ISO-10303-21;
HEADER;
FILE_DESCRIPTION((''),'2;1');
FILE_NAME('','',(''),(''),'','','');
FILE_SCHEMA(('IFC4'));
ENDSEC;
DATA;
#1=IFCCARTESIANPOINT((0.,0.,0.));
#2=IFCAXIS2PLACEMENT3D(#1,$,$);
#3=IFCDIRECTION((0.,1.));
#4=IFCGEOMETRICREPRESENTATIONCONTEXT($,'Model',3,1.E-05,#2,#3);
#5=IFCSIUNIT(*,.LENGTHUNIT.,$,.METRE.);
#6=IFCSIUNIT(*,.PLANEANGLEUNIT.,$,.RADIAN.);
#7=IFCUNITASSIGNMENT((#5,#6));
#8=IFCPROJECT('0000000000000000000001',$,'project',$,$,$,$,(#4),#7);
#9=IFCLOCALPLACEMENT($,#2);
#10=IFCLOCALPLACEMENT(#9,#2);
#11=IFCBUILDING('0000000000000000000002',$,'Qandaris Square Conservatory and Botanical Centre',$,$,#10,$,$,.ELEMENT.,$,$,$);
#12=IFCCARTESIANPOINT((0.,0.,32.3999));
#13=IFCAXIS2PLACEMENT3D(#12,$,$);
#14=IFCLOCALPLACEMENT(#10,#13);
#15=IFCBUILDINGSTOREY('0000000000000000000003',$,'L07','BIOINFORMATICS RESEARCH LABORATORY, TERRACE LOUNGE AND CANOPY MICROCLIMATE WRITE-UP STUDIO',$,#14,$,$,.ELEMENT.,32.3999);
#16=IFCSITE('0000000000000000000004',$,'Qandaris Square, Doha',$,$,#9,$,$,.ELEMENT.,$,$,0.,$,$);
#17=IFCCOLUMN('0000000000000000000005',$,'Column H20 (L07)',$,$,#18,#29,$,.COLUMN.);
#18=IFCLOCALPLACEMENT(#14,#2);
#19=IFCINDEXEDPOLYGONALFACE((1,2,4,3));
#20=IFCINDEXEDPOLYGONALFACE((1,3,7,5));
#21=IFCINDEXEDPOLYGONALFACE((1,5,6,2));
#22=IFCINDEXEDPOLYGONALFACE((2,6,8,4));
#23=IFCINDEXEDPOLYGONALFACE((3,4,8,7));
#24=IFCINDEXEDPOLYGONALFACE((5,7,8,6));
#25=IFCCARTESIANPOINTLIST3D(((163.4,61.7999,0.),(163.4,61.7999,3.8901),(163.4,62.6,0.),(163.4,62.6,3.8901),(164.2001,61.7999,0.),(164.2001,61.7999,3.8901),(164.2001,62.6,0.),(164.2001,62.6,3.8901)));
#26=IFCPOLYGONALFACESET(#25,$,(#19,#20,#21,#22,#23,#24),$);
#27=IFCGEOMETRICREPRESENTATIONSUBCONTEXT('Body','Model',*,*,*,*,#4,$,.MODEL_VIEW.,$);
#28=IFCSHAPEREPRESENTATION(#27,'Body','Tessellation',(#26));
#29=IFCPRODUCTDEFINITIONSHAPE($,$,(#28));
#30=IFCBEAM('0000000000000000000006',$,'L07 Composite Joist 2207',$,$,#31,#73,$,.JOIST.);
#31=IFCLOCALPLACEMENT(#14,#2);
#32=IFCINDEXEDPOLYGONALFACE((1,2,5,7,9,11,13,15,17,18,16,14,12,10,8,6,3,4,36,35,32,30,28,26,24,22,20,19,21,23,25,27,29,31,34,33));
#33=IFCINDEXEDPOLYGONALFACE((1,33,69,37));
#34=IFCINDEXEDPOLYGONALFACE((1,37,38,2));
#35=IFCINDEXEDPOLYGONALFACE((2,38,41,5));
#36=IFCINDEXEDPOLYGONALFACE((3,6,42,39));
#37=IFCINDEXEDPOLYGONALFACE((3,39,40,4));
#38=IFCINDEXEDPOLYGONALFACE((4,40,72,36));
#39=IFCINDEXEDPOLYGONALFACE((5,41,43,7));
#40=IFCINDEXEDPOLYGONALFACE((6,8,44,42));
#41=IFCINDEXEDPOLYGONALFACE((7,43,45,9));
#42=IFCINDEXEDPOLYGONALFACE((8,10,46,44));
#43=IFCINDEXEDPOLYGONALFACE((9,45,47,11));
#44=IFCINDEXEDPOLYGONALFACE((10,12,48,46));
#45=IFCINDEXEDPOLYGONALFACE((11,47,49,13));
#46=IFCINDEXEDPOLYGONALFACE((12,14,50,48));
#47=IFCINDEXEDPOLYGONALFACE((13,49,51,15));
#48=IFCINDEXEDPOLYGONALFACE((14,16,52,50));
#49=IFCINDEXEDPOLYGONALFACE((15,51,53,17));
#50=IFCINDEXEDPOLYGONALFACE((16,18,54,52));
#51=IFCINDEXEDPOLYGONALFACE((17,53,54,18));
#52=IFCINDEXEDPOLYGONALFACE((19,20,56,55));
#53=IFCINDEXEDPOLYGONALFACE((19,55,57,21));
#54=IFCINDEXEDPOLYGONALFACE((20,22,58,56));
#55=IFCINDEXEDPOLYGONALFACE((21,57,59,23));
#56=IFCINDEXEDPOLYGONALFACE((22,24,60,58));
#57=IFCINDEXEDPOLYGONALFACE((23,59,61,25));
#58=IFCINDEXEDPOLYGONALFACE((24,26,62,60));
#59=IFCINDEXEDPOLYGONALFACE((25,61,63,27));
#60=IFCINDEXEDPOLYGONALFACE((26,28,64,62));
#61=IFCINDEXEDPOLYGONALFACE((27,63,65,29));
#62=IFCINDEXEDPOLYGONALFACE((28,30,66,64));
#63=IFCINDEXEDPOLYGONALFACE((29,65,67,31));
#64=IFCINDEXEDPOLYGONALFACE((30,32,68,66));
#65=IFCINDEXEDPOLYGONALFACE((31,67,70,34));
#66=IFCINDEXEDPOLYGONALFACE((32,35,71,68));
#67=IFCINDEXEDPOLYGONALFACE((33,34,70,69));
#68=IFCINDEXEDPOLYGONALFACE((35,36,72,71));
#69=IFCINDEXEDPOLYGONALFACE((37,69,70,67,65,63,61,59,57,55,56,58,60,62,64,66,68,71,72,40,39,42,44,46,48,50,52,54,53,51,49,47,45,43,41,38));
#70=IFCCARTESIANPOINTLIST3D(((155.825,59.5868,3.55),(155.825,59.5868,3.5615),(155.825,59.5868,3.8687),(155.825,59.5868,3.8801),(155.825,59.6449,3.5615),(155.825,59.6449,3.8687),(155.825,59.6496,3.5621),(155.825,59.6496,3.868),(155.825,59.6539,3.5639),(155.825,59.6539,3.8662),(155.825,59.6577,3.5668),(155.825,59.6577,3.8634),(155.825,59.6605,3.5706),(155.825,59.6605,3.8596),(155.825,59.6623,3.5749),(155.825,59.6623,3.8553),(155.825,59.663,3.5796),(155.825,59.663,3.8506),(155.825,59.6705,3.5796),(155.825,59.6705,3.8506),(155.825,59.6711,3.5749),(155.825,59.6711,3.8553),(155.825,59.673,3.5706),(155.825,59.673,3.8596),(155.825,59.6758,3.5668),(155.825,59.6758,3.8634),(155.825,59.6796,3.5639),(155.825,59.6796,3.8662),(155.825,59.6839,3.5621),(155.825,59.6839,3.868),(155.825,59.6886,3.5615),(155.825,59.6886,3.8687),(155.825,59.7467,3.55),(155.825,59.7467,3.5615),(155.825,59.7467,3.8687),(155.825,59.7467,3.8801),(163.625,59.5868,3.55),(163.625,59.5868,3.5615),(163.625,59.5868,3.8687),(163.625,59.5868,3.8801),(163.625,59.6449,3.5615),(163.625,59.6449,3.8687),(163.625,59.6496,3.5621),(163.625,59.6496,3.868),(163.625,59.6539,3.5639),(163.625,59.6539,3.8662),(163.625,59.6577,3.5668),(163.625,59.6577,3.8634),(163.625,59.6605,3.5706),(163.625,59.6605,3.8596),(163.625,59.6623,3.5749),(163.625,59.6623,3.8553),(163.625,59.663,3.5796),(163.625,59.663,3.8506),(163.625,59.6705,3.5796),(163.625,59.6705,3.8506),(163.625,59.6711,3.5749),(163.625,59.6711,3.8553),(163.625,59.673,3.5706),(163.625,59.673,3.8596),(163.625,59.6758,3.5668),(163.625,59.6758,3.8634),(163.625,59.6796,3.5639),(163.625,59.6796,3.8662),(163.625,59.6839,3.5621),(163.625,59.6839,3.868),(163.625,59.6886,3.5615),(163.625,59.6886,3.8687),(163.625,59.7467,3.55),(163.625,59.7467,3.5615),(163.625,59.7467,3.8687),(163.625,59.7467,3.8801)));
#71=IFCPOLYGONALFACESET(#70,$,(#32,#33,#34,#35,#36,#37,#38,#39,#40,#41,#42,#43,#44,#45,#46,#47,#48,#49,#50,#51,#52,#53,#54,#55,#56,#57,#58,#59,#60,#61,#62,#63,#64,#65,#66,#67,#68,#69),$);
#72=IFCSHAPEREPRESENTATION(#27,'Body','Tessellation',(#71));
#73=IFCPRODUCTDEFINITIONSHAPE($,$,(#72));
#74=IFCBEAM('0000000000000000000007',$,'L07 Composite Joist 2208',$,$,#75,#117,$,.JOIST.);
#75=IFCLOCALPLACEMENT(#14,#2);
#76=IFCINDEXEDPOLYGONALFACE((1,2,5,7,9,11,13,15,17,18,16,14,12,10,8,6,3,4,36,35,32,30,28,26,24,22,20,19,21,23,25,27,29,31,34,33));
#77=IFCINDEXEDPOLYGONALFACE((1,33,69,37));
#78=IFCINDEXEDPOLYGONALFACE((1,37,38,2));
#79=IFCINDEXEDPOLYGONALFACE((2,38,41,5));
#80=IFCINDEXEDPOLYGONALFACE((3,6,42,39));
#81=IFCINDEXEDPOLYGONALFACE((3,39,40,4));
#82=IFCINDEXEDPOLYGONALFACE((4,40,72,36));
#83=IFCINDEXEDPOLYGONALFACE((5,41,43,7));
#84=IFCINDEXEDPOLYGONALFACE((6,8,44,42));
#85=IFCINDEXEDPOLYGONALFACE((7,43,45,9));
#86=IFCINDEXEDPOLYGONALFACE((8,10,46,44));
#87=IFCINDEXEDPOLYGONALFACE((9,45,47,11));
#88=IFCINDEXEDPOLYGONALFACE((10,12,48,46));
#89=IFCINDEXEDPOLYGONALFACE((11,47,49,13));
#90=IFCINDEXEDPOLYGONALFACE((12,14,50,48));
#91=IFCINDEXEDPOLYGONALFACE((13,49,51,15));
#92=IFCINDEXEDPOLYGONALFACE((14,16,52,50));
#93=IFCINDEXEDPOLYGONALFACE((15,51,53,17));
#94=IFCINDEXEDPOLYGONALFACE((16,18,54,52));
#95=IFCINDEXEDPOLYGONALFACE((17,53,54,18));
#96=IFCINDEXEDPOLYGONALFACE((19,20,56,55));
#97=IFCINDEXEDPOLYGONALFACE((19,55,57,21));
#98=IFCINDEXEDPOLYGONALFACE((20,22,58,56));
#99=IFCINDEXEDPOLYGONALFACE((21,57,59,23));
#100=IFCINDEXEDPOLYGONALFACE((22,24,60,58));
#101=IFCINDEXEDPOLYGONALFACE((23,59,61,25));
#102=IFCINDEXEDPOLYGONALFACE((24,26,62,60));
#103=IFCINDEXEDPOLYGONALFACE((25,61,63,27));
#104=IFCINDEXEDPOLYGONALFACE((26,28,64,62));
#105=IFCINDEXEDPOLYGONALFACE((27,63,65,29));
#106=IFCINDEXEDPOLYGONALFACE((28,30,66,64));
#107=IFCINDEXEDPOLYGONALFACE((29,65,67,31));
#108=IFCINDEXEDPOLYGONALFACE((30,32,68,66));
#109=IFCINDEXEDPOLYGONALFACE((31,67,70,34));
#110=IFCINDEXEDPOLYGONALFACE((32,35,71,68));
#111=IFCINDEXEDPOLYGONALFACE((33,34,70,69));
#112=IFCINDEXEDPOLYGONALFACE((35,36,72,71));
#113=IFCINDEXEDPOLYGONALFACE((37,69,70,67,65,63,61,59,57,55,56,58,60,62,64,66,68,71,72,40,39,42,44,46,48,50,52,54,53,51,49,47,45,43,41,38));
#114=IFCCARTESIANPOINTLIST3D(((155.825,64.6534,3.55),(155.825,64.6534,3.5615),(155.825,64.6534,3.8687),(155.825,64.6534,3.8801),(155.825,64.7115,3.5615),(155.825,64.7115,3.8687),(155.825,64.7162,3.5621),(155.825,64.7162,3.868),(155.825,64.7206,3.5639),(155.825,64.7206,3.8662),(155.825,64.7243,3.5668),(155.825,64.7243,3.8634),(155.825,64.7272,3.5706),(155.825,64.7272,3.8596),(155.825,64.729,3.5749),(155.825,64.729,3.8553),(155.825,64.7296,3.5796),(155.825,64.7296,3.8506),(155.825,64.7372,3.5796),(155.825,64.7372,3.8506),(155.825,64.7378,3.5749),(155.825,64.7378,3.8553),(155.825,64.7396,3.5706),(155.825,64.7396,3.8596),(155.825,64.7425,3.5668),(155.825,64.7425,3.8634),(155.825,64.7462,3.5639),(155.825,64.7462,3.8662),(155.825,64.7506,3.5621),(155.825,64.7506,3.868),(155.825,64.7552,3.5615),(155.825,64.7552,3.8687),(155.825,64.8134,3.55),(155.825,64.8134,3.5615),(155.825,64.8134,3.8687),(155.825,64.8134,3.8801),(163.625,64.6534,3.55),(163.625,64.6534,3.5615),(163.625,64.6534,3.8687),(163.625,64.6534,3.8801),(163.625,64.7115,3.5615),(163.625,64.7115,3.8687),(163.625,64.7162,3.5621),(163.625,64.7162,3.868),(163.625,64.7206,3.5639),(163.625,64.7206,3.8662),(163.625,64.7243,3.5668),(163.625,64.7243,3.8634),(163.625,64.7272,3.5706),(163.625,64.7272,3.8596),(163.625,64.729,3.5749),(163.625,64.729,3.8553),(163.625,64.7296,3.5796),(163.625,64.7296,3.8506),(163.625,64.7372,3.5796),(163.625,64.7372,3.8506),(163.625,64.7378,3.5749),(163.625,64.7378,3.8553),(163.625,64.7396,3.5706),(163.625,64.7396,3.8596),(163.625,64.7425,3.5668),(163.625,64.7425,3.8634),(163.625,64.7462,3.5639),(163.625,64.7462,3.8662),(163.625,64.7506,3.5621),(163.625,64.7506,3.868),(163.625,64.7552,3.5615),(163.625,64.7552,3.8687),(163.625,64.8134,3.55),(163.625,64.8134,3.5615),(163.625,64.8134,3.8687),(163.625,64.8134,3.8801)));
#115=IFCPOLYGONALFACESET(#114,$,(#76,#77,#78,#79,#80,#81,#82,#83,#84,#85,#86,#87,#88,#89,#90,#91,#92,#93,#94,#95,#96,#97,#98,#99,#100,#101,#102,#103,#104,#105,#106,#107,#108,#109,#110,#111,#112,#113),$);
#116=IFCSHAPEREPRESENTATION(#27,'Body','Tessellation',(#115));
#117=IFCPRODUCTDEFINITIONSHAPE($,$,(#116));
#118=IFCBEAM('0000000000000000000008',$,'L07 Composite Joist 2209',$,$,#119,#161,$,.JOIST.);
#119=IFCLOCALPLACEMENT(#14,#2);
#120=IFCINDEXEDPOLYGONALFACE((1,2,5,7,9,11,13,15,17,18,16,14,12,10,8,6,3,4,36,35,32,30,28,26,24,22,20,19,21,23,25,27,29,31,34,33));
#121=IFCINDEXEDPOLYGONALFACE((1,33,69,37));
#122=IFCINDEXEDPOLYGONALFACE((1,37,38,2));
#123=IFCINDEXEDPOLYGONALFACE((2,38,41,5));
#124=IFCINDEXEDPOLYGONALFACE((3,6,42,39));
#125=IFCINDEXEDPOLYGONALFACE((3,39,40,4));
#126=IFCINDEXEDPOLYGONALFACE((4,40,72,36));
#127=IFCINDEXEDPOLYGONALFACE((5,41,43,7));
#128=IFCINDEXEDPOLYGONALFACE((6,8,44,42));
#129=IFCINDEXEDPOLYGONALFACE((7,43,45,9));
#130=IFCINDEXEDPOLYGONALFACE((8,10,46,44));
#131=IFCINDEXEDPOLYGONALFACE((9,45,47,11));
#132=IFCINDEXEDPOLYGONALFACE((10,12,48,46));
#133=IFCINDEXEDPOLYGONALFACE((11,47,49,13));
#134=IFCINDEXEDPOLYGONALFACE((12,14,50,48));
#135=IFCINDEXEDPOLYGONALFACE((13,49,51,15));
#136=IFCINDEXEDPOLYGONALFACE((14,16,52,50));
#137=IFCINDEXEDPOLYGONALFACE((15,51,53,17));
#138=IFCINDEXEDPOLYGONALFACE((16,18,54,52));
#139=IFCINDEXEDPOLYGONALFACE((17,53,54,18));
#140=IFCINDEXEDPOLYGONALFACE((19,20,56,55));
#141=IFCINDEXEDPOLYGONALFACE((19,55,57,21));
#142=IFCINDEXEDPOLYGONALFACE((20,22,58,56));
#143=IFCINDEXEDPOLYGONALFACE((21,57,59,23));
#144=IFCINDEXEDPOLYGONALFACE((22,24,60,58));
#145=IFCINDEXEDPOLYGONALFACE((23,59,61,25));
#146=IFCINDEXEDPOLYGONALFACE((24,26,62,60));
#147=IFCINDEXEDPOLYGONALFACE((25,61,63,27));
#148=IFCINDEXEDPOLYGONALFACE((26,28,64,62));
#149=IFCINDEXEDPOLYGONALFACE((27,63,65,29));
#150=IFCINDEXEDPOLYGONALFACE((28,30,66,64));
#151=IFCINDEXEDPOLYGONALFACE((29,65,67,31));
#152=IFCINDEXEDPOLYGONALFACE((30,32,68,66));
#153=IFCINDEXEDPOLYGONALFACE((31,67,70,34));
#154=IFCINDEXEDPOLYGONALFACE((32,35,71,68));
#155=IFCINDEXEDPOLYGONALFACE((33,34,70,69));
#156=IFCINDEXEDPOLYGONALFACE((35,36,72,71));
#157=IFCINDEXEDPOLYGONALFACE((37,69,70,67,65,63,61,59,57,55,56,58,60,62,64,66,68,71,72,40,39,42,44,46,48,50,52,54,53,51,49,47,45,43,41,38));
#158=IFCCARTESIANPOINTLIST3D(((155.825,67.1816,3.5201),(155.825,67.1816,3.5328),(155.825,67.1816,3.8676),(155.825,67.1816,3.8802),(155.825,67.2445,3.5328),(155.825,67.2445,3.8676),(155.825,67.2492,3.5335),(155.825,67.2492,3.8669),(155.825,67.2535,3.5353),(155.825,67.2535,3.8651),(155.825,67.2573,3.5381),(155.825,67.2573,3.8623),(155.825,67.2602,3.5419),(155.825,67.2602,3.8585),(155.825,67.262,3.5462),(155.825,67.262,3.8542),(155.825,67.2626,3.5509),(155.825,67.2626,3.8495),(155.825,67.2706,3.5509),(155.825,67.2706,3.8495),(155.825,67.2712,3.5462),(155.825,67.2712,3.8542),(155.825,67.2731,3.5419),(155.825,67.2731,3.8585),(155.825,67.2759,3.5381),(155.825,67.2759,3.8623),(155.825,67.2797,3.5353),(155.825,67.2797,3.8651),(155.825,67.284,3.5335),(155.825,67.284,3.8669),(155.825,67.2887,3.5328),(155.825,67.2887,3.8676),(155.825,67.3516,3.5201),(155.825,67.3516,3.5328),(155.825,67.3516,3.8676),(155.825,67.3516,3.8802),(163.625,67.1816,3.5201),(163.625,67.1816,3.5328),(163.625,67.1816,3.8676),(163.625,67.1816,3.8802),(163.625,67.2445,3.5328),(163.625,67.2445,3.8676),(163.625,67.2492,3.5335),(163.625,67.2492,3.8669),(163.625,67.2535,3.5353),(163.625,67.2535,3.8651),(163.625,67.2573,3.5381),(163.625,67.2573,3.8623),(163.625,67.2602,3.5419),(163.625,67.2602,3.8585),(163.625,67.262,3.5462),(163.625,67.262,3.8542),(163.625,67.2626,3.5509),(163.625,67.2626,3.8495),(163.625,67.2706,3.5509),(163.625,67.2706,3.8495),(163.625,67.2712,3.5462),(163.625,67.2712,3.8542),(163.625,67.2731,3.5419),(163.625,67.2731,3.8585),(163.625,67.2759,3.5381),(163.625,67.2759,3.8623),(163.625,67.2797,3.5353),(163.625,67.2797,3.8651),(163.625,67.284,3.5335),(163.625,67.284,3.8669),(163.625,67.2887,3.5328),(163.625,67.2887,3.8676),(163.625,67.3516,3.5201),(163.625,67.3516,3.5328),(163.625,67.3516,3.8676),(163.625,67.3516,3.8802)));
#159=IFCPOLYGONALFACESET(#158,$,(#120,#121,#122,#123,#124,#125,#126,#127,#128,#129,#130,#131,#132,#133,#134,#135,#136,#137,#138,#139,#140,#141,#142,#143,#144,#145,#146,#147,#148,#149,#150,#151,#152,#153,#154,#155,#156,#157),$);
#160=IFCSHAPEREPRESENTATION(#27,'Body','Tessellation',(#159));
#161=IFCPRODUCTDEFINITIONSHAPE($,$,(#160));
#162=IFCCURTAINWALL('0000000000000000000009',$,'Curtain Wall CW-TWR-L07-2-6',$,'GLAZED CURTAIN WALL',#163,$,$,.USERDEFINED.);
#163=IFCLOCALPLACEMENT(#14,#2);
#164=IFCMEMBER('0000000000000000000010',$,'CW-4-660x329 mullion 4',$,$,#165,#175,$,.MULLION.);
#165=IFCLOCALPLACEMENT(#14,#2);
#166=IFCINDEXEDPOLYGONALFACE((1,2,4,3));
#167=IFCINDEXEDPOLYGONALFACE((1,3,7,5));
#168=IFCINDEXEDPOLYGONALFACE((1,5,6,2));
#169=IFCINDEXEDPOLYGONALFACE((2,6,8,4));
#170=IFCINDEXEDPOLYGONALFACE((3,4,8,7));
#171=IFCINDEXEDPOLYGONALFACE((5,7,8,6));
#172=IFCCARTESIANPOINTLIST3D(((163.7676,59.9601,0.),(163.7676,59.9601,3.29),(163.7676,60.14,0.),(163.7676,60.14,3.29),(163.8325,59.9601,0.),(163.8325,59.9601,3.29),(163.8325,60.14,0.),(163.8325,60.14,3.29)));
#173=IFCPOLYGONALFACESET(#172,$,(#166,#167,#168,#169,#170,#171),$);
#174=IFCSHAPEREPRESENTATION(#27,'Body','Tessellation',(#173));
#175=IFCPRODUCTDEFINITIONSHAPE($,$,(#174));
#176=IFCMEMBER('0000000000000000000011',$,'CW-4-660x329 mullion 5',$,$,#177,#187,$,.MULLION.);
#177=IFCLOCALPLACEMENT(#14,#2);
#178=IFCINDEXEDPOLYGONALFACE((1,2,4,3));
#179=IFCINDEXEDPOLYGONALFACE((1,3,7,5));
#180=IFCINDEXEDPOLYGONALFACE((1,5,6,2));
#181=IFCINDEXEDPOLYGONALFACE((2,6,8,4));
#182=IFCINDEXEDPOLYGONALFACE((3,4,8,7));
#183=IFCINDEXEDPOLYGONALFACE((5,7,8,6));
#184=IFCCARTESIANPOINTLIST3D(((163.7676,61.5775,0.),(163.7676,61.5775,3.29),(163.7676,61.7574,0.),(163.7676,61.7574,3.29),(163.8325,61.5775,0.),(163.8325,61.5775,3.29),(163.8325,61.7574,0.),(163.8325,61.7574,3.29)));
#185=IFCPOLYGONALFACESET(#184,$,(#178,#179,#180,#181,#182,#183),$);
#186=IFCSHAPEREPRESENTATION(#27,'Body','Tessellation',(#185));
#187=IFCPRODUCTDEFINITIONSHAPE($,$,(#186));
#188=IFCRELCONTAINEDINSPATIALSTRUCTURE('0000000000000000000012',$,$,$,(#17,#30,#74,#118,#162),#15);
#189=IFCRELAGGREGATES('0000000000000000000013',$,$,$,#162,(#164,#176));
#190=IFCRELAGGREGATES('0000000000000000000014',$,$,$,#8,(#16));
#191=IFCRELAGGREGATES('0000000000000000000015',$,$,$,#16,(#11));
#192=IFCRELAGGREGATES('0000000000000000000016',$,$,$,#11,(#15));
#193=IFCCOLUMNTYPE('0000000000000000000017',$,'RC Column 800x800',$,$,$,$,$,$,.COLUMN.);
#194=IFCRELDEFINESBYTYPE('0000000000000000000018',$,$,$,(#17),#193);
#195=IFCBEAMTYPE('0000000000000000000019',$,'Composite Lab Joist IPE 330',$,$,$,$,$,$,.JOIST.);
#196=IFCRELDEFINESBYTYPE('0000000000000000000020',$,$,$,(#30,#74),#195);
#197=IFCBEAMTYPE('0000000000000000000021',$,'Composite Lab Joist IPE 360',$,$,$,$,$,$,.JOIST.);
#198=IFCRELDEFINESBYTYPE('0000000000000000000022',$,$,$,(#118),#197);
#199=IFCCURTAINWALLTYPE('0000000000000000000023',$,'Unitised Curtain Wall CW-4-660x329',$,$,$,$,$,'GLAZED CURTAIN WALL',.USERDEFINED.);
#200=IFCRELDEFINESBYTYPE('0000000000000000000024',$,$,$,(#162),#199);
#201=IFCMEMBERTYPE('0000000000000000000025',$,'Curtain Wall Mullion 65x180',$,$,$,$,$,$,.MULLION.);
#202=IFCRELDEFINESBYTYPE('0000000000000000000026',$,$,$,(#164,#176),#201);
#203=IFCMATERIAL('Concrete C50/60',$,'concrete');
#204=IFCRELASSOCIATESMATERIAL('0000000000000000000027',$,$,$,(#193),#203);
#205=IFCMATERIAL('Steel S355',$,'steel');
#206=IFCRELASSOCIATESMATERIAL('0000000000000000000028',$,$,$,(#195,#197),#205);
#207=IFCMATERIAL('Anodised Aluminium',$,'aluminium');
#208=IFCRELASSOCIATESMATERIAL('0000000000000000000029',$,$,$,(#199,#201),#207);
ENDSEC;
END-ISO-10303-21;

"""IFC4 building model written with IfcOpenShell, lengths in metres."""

from ifc_helpers import new_model, si_unit, direction, frame, origin, origin_2d, place, context, subcontext, project, spatial, rectangle, i_section, extrude, material, material_profile, profile_set, type_object, element, aggregate, save


model = new_model("IFC4")

# Units and contexts
model_context = context("Model", 3, precision=1e-05, world=origin(), true_north=direction((0.0, 1.0)))
body_context = subcontext(model_context, "Body", "Model", "MODEL_VIEW")
ifc_project = project(units=[si_unit("LENGTHUNIT", "METRE"), si_unit("PLANEANGLEUNIT", "RADIAN")], contexts=[model_context])

# Site, building, storey
site_placement = place(None, origin())
site = spatial("IfcSite", under=ifc_project, at=site_placement, Name="Qandaris Square, Doha", CompositionType="ELEMENT", RefElevation=0.0)
building_placement = place(site_placement, origin())
building = spatial("IfcBuilding", under=site, at=building_placement, Name="Qandaris Square Conservatory and Botanical Centre", CompositionType="ELEMENT")
storey_placement = place(building_placement, frame((0.0, 0.0, 32.3999)))
storey = spatial("IfcBuildingStorey", under=building, at=storey_placement, Name="L07", Description="BIOINFORMATICS RESEARCH LABORATORY, TERRACE LOUNGE AND CANOPY MICROCLIMATE WRITE-UP STUDIO", CompositionType="ELEMENT", Elevation=32.3999)

# Column
ifc_material_1 = material(Name="Concrete C50/60", Category="concrete")
ifc_material_profile_1 = material_profile(ifc_material_1, rectangle(XDim=0.8, YDim=0.8, at=origin_2d()), Name="RC-COL 800x800")
ifc_profile_set_1 = profile_set([ifc_material_profile_1], Name="Concrete C50/60")
column_type = type_object("IfcColumnType", Name="RC Column 800x800", PredefinedType="COLUMN", material=ifc_profile_set_1)
column_placement = place(storey_placement, frame((163.8, 62.2, 0.0), z_axis=(0.0, 0.0, 1.0), x_axis=(1.0, 0.0, 0.0)))
element("IfcColumn", 1, at=column_placement, inside=storey, type_object=column_type, Name="Column H20 (L07)", PredefinedType="COLUMN", context=body_context, shape_type="SweptSolid", body=[
    extrude(rectangle(XDim=0.8, YDim=0.8, at=origin_2d()), origin(), (0.0, 0.0, 1.0), 3.8901),
])

# Beams
ifc_material_2 = material(Name="Steel S355", Category="steel")
ifc_material_profile_2 = material_profile(ifc_material_2, i_section(OverallWidth=0.1599, OverallDepth=0.3301, WebThickness=0.0076, FlangeThickness=0.0115, FilletRadius=0.0181, at=origin_2d()), Name="IPE 330")
ifc_profile_set_2 = profile_set([ifc_material_profile_2], Name="Steel S355")
beam_type_1 = type_object("IfcBeamType", Name="Composite Lab Joist IPE 330", PredefinedType="JOIST", material=ifc_profile_set_2)
for number, where, z_axis, x_axis, name in (
    (2, (155.825, 59.6667, 3.7151), (1.0, 0.0, 0.0), (0.0, 1.0, 0.0), "L07 Composite Joist 2207"),
    (3, (155.825, 64.7334, 3.7151), (1.0, 0.0, 0.0), (0.0, 1.0, 0.0), "L07 Composite Joist 2208"),
):
    element("IfcBeam", number, at=place(storey_placement, frame(where, z_axis=z_axis, x_axis=x_axis)), inside=storey, type_object=beam_type_1, Name=name, PredefinedType="JOIST", context=body_context, shape_type="SweptSolid", body=[
        extrude(i_section(OverallWidth=0.1599, OverallDepth=0.3301, WebThickness=0.0076, FlangeThickness=0.0115, FilletRadius=0.0181, at=origin_2d()), origin(), (0.0, 0.0, 1.0), 7.8),
    ])
ifc_material_profile_3 = material_profile(ifc_material_2, i_section(OverallWidth=0.1699, OverallDepth=0.3601, WebThickness=0.0081, FlangeThickness=0.0127, FilletRadius=0.0181, at=origin_2d()), Name="IPE 360")
ifc_profile_set_3 = profile_set([ifc_material_profile_3], Name="Steel S355")
beam_type_2 = type_object("IfcBeamType", Name="Composite Lab Joist IPE 360", PredefinedType="JOIST", material=ifc_profile_set_3)
beam_1_placement = place(storey_placement, frame((155.825, 67.2666, 3.7002), z_axis=(1.0, 0.0, 0.0), x_axis=(0.0, 1.0, 0.0)))
element("IfcBeam", 4, at=beam_1_placement, inside=storey, type_object=beam_type_2, Name="L07 Composite Joist 2209", PredefinedType="JOIST", context=body_context, shape_type="SweptSolid", body=[
    extrude(i_section(OverallWidth=0.1699, OverallDepth=0.3601, WebThickness=0.0081, FlangeThickness=0.0127, FilletRadius=0.0181, at=origin_2d()), origin(), (0.0, 0.0, 1.0), 7.8),
])

# Curtain wall, members
ifc_material_3 = material(Name="Anodised Aluminium", Category="aluminium")
curtain_wall_type = type_object("IfcCurtainWallType", Name="Unitised Curtain Wall CW-4-660x329", ElementType="GLAZED CURTAIN WALL", PredefinedType="USERDEFINED", material=ifc_material_3)
curtain_wall_placement = place(storey_placement, origin())
curtain_wall = element("IfcCurtainWall", 5, at=curtain_wall_placement, inside=storey, type_object=curtain_wall_type, Name="Curtain Wall CW-TWR-L07-2-6", ObjectType="GLAZED CURTAIN WALL", PredefinedType="USERDEFINED")
ifc_material_profile_4 = material_profile(ifc_material_3, rectangle(XDim=0.0649, YDim=0.1799, at=origin_2d()), Name="ALU-MUL 65x180")
ifc_profile_set_4 = profile_set([ifc_material_profile_4], Name="Anodised Aluminium")
member_type_1 = type_object("IfcMemberType", Name="Curtain Wall Mullion 65x180", PredefinedType="MULLION", material=ifc_profile_set_4)
member_1_placement = place(storey_placement, frame((163.8, 60.05, 0.0), z_axis=(0.0, 0.0, 1.0), x_axis=(-1.0, 0.0, 0.0)))
member_1 = element("IfcMember", 6, at=member_1_placement, type_object=member_type_1, Name="CW-4-660x329 mullion 4", PredefinedType="MULLION", context=body_context, shape_type="SweptSolid", body=[
    extrude(rectangle(XDim=0.0649, YDim=0.1799, at=origin_2d()), origin(), (0.0, 0.0, 1.0), 3.29),
])
member_2_placement = place(storey_placement, frame((163.8, 61.6675, 0.0), z_axis=(0.0, 0.0, 1.0), x_axis=(-1.0, 0.0, 0.0)))
member_2 = element("IfcMember", 7, at=member_2_placement, type_object=member_type_1, Name="CW-4-660x329 mullion 5", PredefinedType="MULLION", context=body_context, shape_type="SweptSolid", body=[
    extrude(rectangle(XDim=0.0649, YDim=0.1799, at=origin_2d()), origin(), (0.0, 0.0, 1.0), 3.29),
])

aggregate(curtain_wall, [member_1, member_2])

save(model, "model.ifc")
